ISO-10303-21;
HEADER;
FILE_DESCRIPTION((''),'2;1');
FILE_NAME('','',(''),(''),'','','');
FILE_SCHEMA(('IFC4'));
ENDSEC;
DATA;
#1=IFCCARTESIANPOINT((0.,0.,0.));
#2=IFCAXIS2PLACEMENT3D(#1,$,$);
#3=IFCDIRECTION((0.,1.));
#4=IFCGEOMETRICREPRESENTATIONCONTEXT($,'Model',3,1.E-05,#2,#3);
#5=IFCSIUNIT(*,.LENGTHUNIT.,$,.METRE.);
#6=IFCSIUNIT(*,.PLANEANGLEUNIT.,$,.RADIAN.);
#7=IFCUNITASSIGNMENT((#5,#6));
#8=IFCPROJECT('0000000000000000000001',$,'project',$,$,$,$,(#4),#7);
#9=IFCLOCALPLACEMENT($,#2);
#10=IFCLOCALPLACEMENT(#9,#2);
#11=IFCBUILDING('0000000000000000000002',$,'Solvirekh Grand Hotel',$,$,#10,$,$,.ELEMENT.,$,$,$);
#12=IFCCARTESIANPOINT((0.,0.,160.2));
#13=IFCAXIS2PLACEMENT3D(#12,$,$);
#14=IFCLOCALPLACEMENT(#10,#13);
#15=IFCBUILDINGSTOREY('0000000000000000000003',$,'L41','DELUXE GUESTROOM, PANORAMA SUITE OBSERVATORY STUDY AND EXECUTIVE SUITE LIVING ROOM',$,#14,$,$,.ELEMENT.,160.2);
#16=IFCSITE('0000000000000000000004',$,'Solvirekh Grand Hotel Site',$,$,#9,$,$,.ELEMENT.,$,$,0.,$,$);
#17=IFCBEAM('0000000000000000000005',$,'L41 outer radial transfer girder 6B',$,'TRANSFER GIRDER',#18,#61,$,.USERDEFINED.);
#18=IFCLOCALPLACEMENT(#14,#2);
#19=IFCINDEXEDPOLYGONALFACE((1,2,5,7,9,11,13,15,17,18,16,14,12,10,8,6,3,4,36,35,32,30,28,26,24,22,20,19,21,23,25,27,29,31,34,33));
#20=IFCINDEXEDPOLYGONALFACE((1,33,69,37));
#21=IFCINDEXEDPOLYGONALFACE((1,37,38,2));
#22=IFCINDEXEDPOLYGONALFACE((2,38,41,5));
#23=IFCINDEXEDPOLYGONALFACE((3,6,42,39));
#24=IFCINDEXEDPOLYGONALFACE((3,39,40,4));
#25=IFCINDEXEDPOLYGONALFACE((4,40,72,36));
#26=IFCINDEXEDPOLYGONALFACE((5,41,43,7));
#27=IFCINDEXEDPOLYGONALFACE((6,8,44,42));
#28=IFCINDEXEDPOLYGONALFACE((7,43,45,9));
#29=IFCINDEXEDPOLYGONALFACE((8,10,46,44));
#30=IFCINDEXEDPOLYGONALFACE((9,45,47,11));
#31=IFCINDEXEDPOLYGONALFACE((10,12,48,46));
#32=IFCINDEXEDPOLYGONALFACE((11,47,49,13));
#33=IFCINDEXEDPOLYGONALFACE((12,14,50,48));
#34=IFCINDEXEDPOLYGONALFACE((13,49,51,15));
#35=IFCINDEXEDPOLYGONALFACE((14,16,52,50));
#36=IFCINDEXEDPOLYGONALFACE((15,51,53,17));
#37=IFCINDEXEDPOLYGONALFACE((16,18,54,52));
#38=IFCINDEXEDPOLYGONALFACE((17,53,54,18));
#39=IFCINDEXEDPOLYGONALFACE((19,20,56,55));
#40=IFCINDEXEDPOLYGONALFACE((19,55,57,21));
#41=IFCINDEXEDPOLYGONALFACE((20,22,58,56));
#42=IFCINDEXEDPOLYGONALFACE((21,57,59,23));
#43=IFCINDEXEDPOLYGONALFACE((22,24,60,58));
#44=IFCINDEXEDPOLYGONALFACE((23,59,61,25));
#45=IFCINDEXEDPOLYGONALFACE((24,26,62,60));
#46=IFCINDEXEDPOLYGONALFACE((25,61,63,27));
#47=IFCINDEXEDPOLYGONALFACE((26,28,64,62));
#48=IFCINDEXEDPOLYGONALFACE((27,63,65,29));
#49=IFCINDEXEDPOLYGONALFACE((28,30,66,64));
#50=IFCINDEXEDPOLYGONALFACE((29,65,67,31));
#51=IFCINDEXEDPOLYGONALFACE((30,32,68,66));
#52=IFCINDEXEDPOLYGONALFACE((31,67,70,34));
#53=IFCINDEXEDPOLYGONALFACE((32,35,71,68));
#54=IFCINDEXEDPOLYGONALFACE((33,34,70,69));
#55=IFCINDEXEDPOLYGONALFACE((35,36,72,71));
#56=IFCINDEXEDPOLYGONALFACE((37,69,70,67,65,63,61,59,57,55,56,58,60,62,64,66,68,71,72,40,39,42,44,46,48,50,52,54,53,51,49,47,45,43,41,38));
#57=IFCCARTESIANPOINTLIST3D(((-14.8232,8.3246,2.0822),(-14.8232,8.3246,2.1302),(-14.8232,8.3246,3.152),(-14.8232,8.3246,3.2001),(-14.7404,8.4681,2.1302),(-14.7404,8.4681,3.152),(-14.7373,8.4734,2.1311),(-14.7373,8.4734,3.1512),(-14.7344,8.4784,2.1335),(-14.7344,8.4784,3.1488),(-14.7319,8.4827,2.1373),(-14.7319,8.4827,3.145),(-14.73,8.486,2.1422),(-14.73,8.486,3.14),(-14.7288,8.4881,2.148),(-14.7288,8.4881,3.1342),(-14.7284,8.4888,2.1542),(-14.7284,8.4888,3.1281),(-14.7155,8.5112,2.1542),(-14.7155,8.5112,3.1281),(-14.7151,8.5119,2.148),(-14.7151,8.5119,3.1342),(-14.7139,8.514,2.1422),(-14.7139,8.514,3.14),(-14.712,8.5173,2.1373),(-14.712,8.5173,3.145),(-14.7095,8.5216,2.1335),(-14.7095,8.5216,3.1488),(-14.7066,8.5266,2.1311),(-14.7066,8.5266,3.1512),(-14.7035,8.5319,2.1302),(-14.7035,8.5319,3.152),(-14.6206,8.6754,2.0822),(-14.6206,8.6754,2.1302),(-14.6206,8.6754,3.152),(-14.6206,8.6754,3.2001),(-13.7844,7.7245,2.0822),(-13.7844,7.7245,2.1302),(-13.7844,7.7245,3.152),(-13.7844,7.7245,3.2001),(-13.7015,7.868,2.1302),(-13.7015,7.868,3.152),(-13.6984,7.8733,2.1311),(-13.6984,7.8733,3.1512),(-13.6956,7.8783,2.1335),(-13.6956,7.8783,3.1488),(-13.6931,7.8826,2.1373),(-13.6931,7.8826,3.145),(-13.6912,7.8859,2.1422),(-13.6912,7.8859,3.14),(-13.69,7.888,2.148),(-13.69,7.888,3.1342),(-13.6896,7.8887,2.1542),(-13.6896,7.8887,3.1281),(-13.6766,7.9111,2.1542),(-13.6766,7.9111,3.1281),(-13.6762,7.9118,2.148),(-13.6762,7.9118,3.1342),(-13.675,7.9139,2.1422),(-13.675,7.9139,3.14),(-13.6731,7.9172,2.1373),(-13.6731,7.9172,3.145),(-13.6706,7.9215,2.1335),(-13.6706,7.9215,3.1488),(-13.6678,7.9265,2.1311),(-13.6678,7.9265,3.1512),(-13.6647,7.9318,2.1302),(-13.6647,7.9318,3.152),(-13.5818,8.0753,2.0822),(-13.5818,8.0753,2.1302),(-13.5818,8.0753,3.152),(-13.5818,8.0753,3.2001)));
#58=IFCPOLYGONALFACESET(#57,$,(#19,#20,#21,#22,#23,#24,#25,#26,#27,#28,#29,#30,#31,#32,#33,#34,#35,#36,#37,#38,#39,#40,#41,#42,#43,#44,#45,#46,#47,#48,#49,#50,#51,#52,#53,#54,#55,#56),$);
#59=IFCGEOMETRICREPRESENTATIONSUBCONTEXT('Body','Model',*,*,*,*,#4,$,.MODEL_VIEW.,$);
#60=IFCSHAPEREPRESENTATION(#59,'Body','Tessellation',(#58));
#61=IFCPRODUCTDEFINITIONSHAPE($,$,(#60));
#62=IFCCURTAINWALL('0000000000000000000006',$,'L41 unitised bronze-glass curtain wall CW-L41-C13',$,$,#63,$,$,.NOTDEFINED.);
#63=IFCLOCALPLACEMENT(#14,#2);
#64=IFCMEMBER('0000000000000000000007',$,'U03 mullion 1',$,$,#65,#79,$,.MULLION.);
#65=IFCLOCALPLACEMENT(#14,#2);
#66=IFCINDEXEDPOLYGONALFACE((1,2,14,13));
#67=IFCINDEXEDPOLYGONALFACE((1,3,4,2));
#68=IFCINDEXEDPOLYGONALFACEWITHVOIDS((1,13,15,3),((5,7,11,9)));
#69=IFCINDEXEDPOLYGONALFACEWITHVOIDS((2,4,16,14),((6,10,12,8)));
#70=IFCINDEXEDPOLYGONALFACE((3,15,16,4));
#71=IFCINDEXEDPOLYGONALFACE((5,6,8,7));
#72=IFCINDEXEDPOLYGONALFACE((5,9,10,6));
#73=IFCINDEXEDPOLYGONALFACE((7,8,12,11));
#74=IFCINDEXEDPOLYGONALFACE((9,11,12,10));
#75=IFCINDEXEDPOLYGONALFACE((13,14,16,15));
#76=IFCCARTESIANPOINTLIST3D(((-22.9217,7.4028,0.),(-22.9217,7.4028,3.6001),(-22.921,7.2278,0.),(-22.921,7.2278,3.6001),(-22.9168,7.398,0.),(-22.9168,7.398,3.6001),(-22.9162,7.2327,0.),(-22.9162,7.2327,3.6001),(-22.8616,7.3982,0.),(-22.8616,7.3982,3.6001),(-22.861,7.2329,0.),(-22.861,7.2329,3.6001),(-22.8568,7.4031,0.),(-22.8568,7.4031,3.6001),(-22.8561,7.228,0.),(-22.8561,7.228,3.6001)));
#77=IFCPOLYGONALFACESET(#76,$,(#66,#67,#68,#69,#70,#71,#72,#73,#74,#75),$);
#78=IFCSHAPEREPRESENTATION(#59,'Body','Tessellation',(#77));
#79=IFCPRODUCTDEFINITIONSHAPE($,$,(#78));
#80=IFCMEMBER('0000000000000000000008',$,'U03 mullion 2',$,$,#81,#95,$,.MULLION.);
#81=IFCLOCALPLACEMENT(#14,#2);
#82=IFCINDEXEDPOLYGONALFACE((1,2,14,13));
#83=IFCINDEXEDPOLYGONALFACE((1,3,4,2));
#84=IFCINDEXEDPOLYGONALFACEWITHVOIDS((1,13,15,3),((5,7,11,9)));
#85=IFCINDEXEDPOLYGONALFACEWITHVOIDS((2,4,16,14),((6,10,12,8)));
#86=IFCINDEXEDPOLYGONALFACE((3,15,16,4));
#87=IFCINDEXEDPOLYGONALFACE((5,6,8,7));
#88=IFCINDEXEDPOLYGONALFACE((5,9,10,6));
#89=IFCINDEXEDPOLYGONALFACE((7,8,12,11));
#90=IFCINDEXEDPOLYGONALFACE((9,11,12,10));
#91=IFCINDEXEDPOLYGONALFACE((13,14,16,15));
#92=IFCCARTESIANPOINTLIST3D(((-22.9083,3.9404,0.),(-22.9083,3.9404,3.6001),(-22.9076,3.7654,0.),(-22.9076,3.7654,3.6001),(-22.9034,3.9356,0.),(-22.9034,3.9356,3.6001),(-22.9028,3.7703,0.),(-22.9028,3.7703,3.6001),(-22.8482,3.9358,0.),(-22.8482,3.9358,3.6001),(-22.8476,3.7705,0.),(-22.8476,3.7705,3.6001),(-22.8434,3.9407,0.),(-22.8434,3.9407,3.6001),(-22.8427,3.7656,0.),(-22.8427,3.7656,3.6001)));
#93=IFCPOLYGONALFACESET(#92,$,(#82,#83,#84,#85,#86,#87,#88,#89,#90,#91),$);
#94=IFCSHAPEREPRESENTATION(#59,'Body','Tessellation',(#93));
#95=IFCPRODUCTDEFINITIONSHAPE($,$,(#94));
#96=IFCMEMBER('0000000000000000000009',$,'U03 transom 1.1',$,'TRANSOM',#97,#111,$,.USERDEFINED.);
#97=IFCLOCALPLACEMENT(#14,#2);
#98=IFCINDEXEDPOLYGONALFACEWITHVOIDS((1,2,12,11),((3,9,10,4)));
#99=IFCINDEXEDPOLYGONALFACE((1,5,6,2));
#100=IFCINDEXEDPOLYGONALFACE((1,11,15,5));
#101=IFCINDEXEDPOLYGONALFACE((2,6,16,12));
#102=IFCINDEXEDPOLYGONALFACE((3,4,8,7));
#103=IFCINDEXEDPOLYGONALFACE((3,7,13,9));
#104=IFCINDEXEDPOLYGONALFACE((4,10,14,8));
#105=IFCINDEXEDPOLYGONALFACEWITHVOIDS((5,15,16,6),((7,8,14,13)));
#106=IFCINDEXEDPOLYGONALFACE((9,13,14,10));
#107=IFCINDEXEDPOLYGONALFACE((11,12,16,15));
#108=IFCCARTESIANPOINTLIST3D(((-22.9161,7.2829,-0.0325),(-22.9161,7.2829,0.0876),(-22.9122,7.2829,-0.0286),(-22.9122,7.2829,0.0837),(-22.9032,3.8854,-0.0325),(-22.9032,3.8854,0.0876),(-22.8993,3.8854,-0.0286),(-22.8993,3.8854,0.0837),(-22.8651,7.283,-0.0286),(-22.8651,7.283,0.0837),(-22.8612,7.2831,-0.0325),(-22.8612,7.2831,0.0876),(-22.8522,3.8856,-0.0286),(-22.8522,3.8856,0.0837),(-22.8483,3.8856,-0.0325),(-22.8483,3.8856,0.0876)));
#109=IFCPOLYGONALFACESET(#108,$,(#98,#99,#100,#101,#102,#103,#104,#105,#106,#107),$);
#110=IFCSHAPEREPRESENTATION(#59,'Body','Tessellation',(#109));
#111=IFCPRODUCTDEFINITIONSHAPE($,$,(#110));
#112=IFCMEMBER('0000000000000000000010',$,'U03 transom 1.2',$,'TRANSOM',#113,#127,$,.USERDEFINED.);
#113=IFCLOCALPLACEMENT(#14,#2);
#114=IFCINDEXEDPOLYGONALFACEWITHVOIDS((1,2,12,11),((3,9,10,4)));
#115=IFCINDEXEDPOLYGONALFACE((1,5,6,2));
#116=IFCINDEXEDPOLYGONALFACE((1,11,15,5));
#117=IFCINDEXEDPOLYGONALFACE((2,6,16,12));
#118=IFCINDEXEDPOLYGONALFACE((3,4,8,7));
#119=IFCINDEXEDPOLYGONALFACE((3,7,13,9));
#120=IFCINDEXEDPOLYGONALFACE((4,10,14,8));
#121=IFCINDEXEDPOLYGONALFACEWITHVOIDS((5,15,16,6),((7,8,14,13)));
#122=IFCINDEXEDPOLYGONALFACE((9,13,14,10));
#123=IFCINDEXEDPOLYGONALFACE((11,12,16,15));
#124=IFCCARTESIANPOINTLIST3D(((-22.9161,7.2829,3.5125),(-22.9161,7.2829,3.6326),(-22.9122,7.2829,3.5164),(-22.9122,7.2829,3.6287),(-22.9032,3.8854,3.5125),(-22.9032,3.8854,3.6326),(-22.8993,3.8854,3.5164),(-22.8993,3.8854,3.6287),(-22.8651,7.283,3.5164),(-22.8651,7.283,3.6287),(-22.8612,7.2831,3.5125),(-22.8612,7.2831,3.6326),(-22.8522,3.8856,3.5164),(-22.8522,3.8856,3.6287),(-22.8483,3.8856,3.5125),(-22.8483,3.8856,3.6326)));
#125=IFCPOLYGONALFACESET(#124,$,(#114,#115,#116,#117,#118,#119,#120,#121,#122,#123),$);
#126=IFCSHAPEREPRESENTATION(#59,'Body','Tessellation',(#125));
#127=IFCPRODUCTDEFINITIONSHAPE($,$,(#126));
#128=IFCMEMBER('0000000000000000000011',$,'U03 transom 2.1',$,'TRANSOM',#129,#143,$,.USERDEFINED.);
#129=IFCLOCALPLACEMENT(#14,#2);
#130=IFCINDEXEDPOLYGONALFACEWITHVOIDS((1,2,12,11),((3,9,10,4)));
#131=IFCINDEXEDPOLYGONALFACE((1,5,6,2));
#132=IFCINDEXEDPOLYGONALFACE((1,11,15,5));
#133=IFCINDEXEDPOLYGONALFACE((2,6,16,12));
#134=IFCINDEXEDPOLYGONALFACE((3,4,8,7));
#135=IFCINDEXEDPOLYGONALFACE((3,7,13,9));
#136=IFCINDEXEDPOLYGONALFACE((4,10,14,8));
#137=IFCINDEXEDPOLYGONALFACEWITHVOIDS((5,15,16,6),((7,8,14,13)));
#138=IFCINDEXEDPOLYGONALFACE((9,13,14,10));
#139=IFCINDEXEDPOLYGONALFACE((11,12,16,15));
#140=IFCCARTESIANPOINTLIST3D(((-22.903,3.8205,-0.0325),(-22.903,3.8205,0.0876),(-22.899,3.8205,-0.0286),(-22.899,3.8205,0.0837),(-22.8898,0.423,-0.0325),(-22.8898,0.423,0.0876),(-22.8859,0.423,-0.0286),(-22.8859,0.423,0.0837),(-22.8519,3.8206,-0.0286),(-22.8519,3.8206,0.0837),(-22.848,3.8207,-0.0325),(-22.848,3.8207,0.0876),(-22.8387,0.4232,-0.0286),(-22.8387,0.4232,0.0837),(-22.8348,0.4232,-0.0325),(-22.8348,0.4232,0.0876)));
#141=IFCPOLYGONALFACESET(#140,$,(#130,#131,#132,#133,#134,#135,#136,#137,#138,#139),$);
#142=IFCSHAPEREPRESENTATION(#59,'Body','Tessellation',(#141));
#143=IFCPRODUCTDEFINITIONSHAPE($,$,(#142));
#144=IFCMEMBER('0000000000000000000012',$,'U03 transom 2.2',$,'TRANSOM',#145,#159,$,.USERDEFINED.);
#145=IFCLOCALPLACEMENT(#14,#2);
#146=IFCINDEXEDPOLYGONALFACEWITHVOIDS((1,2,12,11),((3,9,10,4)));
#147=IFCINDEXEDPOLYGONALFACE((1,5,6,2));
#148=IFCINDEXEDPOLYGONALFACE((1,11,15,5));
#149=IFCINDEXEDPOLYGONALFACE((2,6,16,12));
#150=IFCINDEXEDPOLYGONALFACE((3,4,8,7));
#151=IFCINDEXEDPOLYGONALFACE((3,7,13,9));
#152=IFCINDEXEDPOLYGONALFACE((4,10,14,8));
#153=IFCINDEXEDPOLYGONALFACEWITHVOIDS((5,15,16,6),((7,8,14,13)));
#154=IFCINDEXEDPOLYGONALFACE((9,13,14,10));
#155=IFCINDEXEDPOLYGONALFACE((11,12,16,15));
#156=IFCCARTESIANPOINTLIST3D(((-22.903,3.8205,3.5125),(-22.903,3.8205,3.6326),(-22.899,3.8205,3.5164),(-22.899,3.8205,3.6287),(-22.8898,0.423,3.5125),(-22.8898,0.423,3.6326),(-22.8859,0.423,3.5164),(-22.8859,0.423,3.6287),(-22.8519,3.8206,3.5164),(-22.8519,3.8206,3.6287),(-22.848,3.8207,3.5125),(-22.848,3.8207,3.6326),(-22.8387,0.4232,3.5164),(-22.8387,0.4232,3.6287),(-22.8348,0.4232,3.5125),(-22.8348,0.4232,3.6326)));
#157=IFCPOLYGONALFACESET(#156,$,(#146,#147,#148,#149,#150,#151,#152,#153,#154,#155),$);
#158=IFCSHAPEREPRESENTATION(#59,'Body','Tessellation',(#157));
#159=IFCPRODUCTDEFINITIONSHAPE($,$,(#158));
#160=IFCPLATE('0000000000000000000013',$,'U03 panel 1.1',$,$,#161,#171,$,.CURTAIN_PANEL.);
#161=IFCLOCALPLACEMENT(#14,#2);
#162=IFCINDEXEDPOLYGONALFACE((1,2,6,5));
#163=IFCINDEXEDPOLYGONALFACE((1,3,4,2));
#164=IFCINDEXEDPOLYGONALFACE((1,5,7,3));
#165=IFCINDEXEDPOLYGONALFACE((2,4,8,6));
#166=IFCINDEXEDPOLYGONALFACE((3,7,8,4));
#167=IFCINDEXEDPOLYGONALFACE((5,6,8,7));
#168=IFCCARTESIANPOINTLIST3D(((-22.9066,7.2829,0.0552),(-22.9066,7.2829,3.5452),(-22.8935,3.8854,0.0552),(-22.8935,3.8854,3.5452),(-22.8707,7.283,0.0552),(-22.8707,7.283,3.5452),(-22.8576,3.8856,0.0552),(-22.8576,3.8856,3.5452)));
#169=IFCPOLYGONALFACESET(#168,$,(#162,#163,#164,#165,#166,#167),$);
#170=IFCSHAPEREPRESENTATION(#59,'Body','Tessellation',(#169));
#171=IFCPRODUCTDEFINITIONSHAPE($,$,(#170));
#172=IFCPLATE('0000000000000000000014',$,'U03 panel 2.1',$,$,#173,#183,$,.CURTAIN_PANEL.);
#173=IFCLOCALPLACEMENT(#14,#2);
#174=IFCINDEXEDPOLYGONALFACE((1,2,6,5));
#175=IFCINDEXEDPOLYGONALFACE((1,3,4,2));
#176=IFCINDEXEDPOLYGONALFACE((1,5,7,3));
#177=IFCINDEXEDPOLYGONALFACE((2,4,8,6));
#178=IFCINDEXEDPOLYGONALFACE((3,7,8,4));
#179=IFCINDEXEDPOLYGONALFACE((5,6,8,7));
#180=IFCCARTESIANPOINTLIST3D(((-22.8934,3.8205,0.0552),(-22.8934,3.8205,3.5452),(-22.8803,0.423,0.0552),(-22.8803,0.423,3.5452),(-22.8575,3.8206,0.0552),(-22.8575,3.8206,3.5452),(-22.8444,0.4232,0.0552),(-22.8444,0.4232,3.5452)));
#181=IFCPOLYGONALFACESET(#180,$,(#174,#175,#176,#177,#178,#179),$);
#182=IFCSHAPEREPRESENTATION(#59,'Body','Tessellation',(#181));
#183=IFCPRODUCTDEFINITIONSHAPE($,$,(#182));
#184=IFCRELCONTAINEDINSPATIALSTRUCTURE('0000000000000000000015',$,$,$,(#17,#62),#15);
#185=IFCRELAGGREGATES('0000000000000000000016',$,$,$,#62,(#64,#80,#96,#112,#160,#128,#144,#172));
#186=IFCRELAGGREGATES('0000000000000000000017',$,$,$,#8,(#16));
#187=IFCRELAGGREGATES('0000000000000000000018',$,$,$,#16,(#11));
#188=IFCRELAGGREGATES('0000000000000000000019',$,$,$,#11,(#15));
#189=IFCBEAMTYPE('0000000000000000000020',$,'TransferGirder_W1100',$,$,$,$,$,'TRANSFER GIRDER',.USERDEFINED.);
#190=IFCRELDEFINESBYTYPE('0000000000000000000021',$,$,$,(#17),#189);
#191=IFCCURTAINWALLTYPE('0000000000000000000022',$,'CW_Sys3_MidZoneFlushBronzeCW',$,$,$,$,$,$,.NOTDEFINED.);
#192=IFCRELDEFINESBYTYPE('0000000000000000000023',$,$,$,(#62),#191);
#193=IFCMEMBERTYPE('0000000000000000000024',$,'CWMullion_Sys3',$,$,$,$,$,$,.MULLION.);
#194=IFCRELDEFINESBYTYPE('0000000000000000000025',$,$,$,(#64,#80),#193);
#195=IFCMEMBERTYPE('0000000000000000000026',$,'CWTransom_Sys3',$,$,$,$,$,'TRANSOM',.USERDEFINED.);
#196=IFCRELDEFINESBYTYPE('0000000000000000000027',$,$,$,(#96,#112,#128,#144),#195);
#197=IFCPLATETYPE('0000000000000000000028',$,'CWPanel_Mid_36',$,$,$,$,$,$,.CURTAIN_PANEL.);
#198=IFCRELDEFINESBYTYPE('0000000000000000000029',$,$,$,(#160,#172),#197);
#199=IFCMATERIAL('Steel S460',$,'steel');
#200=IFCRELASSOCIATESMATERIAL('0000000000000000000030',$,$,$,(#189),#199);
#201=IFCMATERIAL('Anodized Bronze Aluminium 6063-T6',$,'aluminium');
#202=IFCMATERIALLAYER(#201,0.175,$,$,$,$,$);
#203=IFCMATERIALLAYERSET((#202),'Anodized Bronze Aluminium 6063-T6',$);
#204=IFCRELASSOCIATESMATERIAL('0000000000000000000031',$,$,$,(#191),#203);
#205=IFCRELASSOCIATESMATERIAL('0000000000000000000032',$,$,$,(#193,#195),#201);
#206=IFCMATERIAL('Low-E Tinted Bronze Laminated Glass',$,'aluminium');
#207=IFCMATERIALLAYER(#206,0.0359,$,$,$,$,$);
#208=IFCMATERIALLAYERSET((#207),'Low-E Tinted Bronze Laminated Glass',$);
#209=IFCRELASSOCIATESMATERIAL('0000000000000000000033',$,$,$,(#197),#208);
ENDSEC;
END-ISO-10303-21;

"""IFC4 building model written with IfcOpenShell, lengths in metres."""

from ifc_helpers import new_model, si_unit, direction, frame, origin, origin_2d, place, context, subcontext, project, spatial, rectangle, hollow_rectangle, i_section, extrude, source, transform, mapped, material, layer, layer_set, material_profile, profile_set, type_object, element, aggregate, save


model = new_model("IFC4")

# Units and contexts
model_context = context("Model", 3, precision=1e-05, world=origin(), true_north=direction((0.0, 1.0)))
body_context = subcontext(model_context, "Body", "Model", "MODEL_VIEW")
ifc_project = project(units=[si_unit("LENGTHUNIT", "METRE"), si_unit("PLANEANGLEUNIT", "RADIAN")], contexts=[model_context])

# Site, building, storey
site_placement = place(None, origin())
site = spatial("IfcSite", under=ifc_project, at=site_placement, Name="Solvirekh Grand Hotel Site", CompositionType="ELEMENT", RefElevation=0.0)
building_placement = place(site_placement, origin())
building = spatial("IfcBuilding", under=site, at=building_placement, Name="Solvirekh Grand Hotel", CompositionType="ELEMENT")
storey_placement = place(building_placement, frame((0.0, 0.0, 160.2)))
storey = spatial("IfcBuildingStorey", under=building, at=storey_placement, Name="L41", Description="DELUXE GUESTROOM, PANORAMA SUITE OBSERVATORY STUDY AND EXECUTIVE SUITE LIVING ROOM", CompositionType="ELEMENT", Elevation=160.2)

# Beam
ifc_material_1 = material(Name="Steel S460", Category="steel")
ifc_material_profile_1 = material_profile(ifc_material_1, i_section(OverallWidth=0.405, OverallDepth=1.1179, WebThickness=0.0259, FlangeThickness=0.0481, FilletRadius=0.0239, at=origin_2d()), Name="W1100X499")
ifc_profile_set_1 = profile_set([ifc_material_profile_1], Name="Steel S460")
beam_type = type_object("IfcBeamType", Name="TransferGirder_W1100", ElementType="TRANSFER GIRDER", PredefinedType="USERDEFINED", material=ifc_profile_set_1)
beam_placement = place(storey_placement, frame((-13.6831, 7.8999, 2.6411), z_axis=(-0.865904, 0.50021, 0.0), x_axis=(-0.50021, -0.865904, 0.0)))
element("IfcBeam", 1, at=beam_placement, inside=storey, type_object=beam_type, Name="L41 outer radial transfer girder 6B", ObjectType="TRANSFER GIRDER", PredefinedType="USERDEFINED", context=body_context, shape_type="SweptSolid", body=[
    extrude(i_section(OverallWidth=0.405, OverallDepth=1.1179, WebThickness=0.0259, FlangeThickness=0.0481, FilletRadius=0.0239, at=origin_2d()), origin(), (0.0, 0.0, 1.0), 1.1997),
])

# Curtain wall, members, plates
ifc_material_2 = material(Name="Anodized Bronze Aluminium 6063-T6", Category="aluminium")
ifc_layer_1 = layer(ifc_material_2, 0.175)
ifc_layer_set_1 = layer_set([ifc_layer_1], Name="Anodized Bronze Aluminium 6063-T6")
curtain_wall_type = type_object("IfcCurtainWallType", Name="CW_Sys3_MidZoneFlushBronzeCW", PredefinedType="NOTDEFINED", material=ifc_layer_set_1)
curtain_wall_placement = place(storey_placement, origin())
curtain_wall = element("IfcCurtainWall", 2, at=curtain_wall_placement, inside=storey, type_object=curtain_wall_type, Name="L41 unitised bronze-glass curtain wall CW-L41-C13", PredefinedType="NOTDEFINED")
ifc_material_profile_2 = material_profile(ifc_material_2, hollow_rectangle(XDim=0.0649, YDim=0.175, WallThickness=0.0049, at=origin_2d()), Name="ALU RHS 175X65X5")
ifc_profile_set_2 = profile_set([ifc_material_profile_2], Name="Anodized Bronze Aluminium 6063-T6")
member_type_1 = type_object("IfcMemberType", Name="CWMullion_Sys3", PredefinedType="MULLION", material=ifc_profile_set_2)
shared_shape_1 = source(origin(), body_context, "Body", "SweptSolid", [
    extrude(hollow_rectangle(XDim=0.0649, YDim=0.175, WallThickness=0.0049, at=origin_2d()), origin(), (0.0, 0.0, 1.0), 3.6001),
])
member_1_placement = place(storey_placement, frame((-22.8889, 7.3154, 0.0), z_axis=(0.0, 0.0, 1.0), x_axis=(0.999993, 0.003863, 0.0)))
member_1 = element("IfcMember", 3, at=member_1_placement, type_object=member_type_1, Name="U03 mullion 1", PredefinedType="MULLION", context=body_context, shape_type="MappedRepresentation", body=[
    mapped(shared_shape_1, transform((0.0, 0.0, 0.0), x_axis=(1.0, 0.0, 0.0), y_axis=(0.0, 1.0, 0.0), z_axis=(0.0, 0.0, 1.0), scale=1.0)),
])
member_2_placement = place(storey_placement, frame((-22.8755, 3.853, 0.0), z_axis=(0.0, 0.0, 1.0), x_axis=(0.999993, 0.003863, 0.0)))
member_2 = element("IfcMember", 4, at=member_2_placement, type_object=member_type_1, Name="U03 mullion 2", PredefinedType="MULLION", context=body_context, shape_type="MappedRepresentation", body=[
    mapped(shared_shape_1, transform((0.0, 0.0, 0.0), x_axis=(1.0, 0.0, 0.0), y_axis=(0.0, 1.0, 0.0), z_axis=(0.0, 0.0, 1.0), scale=1.0)),
])
ifc_material_profile_3 = material_profile(ifc_material_2, hollow_rectangle(XDim=0.0549, YDim=0.1201, WallThickness=0.0039, at=origin_2d()), Name="ALU RHS 120X55X4")
ifc_profile_set_3 = profile_set([ifc_material_profile_3], Name="Anodized Bronze Aluminium 6063-T6")
member_type_2 = type_object("IfcMemberType", Name="CWTransom_Sys3", ElementType="TRANSOM", PredefinedType="USERDEFINED", material=ifc_profile_set_3)
shared_shape_2 = source(origin(), body_context, "Body", "SweptSolid", [
    extrude(hollow_rectangle(XDim=0.0549, YDim=0.1201, WallThickness=0.0039, at=origin_2d()), origin(), (0.0, 0.0, 1.0), 3.3975),
])
member_3_placement = place(storey_placement, frame((-22.8887, 7.283, 0.0276), z_axis=(0.003809, -0.999993, 0.0), x_axis=(0.999993, 0.003809, 0.0)))
member_3 = element("IfcMember", 5, at=member_3_placement, type_object=member_type_2, Name="U03 transom 1.1", ObjectType="TRANSOM", PredefinedType="USERDEFINED", context=body_context, shape_type="MappedRepresentation", body=[
    mapped(shared_shape_2, transform((0.0, 0.0, 0.0), x_axis=(1.0, 0.0, 0.0), y_axis=(0.0, 1.0, 0.0), z_axis=(0.0, 0.0, 1.0), scale=1.0)),
])
member_4_placement = place(storey_placement, frame((-22.8887, 7.283, 3.5725), z_axis=(0.003809, -0.999993, 0.0), x_axis=(0.999993, 0.003809, 0.0)))
member_4 = element("IfcMember", 6, at=member_4_placement, type_object=member_type_2, Name="U03 transom 1.2", ObjectType="TRANSOM", PredefinedType="USERDEFINED", context=body_context, shape_type="MappedRepresentation", body=[
    mapped(shared_shape_2, transform((0.0, 0.0, 0.0), x_axis=(1.0, 0.0, 0.0), y_axis=(0.0, 1.0, 0.0), z_axis=(0.0, 0.0, 1.0), scale=1.0)),
])
member_5_placement = place(storey_placement, frame((-22.8755, 3.8206, 0.0276), z_axis=(0.00388, -0.999992, 0.0), x_axis=(0.999992, 0.00388, 0.0)))
member_5 = element("IfcMember", 7, at=member_5_placement, type_object=member_type_2, Name="U03 transom 2.1", ObjectType="TRANSOM", PredefinedType="USERDEFINED", context=body_context, shape_type="MappedRepresentation", body=[
    mapped(shared_shape_2, transform((0.0, 0.0, 0.0), x_axis=(1.0, 0.0, 0.0), y_axis=(0.0, 1.0, 0.0), z_axis=(0.0, 0.0, 1.0), scale=1.0)),
])
member_6_placement = place(storey_placement, frame((-22.8755, 3.8206, 3.5725), z_axis=(0.00388, -0.999992, 0.0), x_axis=(0.999992, 0.00388, 0.0)))
member_6 = element("IfcMember", 8, at=member_6_placement, type_object=member_type_2, Name="U03 transom 2.2", ObjectType="TRANSOM", PredefinedType="USERDEFINED", context=body_context, shape_type="MappedRepresentation", body=[
    mapped(shared_shape_2, transform((0.0, 0.0, 0.0), x_axis=(1.0, 0.0, 0.0), y_axis=(0.0, 1.0, 0.0), z_axis=(0.0, 0.0, 1.0), scale=1.0)),
])
ifc_material_3 = material(Name="Low-E Tinted Bronze Laminated Glass", Category="aluminium")
ifc_layer_2 = layer(ifc_material_3, 0.0359)
ifc_layer_set_2 = layer_set([ifc_layer_2], Name="Low-E Tinted Bronze Laminated Glass")
plate_type = type_object("IfcPlateType", Name="CWPanel_Mid_36", PredefinedType="CURTAIN_PANEL", material=ifc_layer_set_2)
shared_shape_3 = source(origin(), body_context, "Body", "SweptSolid", [
    extrude(rectangle(XDim=3.3975, YDim=0.0359, at=origin_2d()), origin(), (0.0, 0.0, 1.0), 3.49),
])
plate_1_placement = place(storey_placement, frame((-22.8821, 5.5842, 0.0552), z_axis=(0.0, 0.0, 1.0), x_axis=(0.003863, -0.999993, 0.0)))
plate_1 = element("IfcPlate", 9, at=plate_1_placement, type_object=plate_type, Name="U03 panel 1.1", PredefinedType="CURTAIN_PANEL", context=body_context, shape_type="MappedRepresentation", body=[
    mapped(shared_shape_3, transform((0.0, 0.0, 0.0), x_axis=(1.0, 0.0, 0.0), y_axis=(0.0, 1.0, 0.0), z_axis=(0.0, 0.0, 1.0), scale=1.0)),
])
plate_2_placement = place(storey_placement, frame((-22.8689, 2.1218, 0.0552), z_axis=(0.0, 0.0, 1.0), x_axis=(0.003863, -0.999993, 0.0)))
plate_2 = element("IfcPlate", 10, at=plate_2_placement, type_object=plate_type, Name="U03 panel 2.1", PredefinedType="CURTAIN_PANEL", context=body_context, shape_type="MappedRepresentation", body=[
    mapped(shared_shape_3, transform((0.0, 0.0, 0.0), x_axis=(1.0, 0.0, 0.0), y_axis=(0.0, 1.0, 0.0), z_axis=(0.0, 0.0, 1.0), scale=1.0)),
])
aggregate(curtain_wall, [member_1, member_2, member_3, member_4, plate_1, member_5, member_6, plate_2])

save(model, "model.ifc")
